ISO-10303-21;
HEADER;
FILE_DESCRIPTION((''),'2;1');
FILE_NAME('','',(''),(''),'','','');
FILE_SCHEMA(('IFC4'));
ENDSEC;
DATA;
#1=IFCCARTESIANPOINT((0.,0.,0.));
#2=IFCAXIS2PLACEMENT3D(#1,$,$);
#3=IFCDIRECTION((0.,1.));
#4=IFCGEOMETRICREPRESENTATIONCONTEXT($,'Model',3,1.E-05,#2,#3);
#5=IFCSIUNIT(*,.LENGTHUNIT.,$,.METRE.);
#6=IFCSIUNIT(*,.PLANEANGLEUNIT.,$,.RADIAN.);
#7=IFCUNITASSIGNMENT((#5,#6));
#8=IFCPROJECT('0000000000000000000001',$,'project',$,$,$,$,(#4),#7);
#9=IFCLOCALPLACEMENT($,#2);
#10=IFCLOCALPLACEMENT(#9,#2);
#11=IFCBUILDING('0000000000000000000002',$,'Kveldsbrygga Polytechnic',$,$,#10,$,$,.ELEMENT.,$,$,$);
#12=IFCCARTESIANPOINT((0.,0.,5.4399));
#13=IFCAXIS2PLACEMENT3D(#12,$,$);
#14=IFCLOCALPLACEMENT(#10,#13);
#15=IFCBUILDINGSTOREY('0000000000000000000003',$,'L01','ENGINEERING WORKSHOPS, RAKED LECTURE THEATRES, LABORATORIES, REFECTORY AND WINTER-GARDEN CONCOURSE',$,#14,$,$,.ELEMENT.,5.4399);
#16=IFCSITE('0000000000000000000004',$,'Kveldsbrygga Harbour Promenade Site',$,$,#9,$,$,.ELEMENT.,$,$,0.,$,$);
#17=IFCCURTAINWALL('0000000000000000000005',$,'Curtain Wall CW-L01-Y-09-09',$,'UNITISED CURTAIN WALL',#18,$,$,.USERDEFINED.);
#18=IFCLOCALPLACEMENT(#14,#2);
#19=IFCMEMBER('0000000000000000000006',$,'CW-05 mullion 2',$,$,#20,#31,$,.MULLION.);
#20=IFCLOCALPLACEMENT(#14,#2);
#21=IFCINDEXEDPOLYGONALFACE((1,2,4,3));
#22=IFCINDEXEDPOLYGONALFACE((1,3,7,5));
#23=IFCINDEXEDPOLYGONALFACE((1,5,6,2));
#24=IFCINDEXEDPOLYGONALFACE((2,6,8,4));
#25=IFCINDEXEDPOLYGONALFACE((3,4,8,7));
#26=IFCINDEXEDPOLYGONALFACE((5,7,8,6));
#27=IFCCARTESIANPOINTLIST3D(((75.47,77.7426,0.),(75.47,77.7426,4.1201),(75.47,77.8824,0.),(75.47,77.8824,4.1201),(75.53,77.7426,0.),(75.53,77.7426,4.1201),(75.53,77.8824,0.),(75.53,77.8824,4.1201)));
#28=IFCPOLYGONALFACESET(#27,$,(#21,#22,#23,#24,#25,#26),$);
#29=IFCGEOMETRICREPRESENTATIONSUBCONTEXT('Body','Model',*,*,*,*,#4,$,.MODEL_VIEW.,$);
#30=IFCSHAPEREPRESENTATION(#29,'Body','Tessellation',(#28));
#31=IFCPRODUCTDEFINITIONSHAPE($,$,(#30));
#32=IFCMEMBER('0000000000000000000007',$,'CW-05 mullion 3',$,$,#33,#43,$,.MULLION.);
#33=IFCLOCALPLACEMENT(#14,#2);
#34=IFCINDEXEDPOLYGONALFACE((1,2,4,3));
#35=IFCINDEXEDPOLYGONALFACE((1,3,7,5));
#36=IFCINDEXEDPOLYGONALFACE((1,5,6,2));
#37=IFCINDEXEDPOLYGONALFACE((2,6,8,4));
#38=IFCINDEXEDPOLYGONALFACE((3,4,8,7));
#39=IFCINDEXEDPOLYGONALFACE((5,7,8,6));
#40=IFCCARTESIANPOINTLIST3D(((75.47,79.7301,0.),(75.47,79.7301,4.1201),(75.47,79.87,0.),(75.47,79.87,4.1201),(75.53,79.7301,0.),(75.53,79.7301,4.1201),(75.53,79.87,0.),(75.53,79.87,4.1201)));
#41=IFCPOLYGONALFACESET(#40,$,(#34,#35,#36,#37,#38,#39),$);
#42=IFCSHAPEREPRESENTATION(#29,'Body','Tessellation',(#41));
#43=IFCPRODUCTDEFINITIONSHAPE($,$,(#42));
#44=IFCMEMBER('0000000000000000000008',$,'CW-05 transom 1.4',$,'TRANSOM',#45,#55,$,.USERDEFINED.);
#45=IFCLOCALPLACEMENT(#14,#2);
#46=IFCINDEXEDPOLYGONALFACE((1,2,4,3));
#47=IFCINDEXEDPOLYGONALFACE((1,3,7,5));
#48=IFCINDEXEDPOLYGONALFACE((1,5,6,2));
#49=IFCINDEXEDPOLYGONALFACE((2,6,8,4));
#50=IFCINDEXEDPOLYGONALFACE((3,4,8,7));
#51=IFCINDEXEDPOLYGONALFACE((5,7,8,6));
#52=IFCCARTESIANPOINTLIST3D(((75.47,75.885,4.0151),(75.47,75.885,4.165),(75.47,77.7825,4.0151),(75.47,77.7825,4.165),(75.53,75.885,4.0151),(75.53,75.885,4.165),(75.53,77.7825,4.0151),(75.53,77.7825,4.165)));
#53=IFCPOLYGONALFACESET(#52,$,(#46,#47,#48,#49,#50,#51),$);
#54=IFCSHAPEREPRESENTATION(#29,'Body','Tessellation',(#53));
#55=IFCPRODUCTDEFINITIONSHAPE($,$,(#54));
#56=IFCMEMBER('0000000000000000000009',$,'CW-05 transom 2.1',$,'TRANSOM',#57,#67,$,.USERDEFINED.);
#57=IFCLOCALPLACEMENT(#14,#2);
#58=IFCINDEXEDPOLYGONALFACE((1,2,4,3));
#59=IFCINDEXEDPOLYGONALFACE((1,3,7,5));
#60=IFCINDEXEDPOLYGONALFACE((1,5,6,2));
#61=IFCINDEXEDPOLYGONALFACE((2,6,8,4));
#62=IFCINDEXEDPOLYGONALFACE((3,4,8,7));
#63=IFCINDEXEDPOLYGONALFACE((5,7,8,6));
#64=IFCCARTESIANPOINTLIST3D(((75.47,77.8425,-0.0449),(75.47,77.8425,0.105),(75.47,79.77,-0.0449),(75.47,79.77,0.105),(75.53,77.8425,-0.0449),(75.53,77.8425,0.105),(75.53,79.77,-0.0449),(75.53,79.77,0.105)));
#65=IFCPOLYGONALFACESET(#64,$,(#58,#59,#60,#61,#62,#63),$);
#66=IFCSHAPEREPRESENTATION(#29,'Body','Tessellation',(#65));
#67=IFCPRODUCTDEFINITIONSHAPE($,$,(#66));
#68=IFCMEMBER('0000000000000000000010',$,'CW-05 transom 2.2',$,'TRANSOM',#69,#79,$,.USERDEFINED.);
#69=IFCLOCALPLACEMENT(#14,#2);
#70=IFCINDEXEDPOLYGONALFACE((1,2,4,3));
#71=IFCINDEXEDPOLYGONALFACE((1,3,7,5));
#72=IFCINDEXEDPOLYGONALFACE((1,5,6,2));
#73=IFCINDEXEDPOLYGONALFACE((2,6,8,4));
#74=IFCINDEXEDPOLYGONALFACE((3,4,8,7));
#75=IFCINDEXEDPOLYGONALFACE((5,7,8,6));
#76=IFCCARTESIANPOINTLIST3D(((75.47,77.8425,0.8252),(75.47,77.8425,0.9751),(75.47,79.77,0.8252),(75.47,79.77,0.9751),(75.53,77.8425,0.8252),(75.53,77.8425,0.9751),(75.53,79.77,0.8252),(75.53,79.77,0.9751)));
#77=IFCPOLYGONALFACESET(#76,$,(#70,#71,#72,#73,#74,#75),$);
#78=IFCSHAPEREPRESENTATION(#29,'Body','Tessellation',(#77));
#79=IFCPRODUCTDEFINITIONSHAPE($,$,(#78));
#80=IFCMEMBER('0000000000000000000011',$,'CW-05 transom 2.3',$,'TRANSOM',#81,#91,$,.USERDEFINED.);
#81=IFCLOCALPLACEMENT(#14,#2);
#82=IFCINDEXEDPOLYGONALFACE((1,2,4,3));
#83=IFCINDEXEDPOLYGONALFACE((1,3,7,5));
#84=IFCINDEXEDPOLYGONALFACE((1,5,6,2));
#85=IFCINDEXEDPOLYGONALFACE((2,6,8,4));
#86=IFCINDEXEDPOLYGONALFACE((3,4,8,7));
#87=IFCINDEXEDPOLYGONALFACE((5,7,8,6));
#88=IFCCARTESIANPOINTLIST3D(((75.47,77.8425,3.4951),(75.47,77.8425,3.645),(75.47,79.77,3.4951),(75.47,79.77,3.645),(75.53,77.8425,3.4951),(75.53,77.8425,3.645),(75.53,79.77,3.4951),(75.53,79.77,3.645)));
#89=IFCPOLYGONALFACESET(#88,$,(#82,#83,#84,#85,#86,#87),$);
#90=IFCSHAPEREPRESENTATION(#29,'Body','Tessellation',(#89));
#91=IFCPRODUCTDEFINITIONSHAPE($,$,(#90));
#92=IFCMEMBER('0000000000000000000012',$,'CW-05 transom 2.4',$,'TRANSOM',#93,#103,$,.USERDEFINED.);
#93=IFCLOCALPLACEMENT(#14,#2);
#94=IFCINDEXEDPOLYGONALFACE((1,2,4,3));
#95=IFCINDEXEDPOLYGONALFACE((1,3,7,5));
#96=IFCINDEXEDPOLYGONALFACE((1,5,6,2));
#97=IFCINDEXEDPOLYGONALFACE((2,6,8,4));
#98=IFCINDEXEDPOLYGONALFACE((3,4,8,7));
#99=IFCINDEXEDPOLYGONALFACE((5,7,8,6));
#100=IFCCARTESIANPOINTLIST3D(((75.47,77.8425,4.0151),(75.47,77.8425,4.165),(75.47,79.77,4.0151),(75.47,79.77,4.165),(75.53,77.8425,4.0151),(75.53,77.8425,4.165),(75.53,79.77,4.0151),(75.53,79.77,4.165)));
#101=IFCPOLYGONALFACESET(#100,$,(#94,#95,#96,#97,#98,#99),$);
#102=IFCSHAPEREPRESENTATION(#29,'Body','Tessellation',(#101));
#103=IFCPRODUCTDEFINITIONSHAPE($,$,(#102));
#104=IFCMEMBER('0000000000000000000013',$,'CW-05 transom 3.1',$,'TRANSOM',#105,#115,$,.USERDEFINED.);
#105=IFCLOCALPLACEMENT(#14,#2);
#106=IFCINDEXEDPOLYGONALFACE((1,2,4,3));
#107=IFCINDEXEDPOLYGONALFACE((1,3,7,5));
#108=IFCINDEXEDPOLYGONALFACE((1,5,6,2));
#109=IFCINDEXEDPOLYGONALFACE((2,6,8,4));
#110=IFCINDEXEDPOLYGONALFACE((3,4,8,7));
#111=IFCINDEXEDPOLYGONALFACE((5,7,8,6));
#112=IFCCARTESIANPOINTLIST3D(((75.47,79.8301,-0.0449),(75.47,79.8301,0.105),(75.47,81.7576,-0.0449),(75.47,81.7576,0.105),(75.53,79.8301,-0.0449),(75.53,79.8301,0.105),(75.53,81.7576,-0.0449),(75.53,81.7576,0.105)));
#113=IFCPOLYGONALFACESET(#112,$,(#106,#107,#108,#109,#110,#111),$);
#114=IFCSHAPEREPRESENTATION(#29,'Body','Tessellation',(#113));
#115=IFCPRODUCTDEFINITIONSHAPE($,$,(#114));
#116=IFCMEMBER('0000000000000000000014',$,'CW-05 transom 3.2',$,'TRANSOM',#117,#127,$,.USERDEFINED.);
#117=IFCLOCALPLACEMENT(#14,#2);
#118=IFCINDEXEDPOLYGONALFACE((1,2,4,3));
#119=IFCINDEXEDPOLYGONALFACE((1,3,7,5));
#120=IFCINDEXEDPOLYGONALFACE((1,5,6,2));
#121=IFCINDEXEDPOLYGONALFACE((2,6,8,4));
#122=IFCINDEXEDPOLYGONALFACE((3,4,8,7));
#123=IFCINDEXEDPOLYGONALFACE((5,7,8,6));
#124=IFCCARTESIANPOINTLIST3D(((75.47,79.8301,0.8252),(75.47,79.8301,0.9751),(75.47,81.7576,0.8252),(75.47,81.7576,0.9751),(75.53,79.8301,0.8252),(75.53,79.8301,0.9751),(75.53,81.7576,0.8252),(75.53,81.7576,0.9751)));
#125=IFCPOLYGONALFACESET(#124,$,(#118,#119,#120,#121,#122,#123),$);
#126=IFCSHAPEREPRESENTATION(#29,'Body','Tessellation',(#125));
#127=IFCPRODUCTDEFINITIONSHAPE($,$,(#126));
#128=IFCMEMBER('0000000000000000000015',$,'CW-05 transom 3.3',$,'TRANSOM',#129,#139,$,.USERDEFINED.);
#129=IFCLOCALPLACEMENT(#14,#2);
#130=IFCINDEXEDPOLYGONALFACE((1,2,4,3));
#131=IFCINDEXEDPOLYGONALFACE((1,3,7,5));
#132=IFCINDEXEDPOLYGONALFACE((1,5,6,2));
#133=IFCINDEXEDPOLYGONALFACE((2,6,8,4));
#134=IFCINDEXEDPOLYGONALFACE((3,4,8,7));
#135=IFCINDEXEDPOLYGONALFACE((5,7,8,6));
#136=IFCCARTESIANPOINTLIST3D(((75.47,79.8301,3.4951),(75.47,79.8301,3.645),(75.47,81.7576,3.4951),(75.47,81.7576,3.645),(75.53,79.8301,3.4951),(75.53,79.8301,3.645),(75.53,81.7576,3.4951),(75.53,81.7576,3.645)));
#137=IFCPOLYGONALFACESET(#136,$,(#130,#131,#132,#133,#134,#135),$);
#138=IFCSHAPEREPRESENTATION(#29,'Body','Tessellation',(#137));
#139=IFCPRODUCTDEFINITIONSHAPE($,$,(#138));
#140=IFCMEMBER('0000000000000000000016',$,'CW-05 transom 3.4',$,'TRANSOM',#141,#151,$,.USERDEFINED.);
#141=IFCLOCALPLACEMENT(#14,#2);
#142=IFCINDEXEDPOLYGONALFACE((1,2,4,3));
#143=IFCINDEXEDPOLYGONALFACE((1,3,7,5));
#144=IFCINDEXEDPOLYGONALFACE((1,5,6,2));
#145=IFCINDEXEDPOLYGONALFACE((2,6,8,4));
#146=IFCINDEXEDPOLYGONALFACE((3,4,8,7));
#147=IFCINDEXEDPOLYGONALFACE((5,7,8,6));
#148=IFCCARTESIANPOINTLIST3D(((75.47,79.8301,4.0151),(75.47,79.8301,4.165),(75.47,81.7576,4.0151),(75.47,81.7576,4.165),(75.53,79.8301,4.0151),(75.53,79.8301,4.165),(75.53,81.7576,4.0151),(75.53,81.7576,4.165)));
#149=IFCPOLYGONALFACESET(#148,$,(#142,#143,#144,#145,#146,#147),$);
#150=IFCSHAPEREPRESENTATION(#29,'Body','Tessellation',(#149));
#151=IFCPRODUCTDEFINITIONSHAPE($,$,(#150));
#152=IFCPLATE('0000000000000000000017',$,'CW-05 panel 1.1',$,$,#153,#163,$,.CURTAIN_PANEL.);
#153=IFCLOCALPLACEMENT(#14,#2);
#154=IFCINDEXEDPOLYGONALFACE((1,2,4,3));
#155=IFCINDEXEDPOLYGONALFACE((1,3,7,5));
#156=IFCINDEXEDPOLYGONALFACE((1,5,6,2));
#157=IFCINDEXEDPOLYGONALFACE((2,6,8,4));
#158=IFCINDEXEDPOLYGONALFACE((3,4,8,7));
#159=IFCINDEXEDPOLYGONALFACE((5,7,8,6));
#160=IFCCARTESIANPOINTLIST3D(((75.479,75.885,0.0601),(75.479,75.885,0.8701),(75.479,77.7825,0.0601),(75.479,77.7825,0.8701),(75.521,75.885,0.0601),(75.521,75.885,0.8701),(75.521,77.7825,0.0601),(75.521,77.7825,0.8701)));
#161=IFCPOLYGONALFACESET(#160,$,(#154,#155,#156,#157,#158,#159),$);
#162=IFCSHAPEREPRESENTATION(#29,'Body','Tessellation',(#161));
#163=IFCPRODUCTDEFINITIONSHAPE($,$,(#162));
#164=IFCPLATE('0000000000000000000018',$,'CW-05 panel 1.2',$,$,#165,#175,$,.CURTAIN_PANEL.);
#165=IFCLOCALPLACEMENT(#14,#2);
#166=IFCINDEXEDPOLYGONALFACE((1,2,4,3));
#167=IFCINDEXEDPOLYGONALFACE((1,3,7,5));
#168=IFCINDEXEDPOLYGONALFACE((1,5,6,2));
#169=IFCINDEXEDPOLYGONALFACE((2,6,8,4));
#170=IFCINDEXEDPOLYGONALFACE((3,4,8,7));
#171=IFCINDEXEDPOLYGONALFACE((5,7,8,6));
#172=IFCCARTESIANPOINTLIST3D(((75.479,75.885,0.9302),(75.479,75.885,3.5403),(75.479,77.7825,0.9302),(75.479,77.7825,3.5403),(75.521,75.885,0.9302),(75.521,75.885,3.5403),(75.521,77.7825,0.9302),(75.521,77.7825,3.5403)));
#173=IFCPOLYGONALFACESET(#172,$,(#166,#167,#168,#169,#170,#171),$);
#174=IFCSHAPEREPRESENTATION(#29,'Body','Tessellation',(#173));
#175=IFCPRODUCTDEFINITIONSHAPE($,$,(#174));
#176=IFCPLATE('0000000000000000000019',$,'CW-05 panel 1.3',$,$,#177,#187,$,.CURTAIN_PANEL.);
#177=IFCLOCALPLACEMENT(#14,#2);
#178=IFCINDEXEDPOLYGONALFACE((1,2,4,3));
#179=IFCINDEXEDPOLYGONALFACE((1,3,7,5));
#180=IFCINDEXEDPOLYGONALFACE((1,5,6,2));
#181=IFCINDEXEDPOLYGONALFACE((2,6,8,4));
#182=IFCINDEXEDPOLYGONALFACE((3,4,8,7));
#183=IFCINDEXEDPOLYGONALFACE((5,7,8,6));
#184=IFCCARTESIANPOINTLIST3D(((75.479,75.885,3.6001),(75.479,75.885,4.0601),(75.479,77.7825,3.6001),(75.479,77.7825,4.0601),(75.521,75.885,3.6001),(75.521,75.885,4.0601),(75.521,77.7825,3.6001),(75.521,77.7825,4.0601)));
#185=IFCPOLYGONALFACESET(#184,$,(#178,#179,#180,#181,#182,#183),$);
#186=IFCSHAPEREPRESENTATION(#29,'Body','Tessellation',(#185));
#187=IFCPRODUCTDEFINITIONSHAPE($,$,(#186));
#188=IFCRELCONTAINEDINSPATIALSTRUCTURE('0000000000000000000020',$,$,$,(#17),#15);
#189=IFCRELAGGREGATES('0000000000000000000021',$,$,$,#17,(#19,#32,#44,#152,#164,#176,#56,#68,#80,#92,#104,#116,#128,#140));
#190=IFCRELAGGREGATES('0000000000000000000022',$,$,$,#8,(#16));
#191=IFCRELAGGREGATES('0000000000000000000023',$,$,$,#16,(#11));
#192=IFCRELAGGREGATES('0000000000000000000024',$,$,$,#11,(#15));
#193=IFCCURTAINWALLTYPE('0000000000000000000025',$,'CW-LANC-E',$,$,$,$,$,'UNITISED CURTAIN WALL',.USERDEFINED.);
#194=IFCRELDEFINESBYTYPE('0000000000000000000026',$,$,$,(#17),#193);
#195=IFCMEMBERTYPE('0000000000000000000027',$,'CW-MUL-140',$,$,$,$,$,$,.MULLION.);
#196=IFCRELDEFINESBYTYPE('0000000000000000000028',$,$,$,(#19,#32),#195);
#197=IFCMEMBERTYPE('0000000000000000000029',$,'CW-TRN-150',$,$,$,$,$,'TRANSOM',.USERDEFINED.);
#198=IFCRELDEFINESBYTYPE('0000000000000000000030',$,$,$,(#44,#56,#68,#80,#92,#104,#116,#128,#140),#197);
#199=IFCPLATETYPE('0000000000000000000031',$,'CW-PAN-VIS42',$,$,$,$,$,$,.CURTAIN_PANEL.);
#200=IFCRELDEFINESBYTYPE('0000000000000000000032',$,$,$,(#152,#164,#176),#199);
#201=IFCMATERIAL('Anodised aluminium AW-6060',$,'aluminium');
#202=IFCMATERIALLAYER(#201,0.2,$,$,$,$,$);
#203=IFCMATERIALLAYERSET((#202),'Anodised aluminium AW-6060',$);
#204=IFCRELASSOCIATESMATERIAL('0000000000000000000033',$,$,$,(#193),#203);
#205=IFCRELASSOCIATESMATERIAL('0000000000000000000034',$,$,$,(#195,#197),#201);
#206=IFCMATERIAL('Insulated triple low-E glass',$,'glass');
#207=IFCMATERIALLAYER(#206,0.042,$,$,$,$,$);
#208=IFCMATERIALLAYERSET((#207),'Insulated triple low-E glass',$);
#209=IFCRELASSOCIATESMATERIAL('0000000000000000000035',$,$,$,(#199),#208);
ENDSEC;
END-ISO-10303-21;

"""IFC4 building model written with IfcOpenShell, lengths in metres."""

from ifc_helpers import new_model, si_unit, direction, frame, origin, origin_2d, place, context, subcontext, project, spatial, rectangle, extrude, material, layer, layer_set, material_profile, profile_set, type_object, element, aggregate, save


model = new_model("IFC4")

# Units and contexts
model_context = context("Model", 3, precision=1e-05, world=origin(), true_north=direction((0.0, 1.0)))
body_context = subcontext(model_context, "Body", "Model", "MODEL_VIEW")
ifc_project = project(units=[si_unit("LENGTHUNIT", "METRE"), si_unit("PLANEANGLEUNIT", "RADIAN")], contexts=[model_context])

# Site, building, storey
site_placement = place(None, origin())
site = spatial("IfcSite", under=ifc_project, at=site_placement, Name="Kveldsbrygga Harbour Promenade Site", CompositionType="ELEMENT", RefElevation=0.0)
building_placement = place(site_placement, origin())
building = spatial("IfcBuilding", under=site, at=building_placement, Name="Kveldsbrygga Polytechnic", CompositionType="ELEMENT")
storey_placement = place(building_placement, frame((0.0, 0.0, 5.4399)))
storey = spatial("IfcBuildingStorey", under=building, at=storey_placement, Name="L01", Description="ENGINEERING WORKSHOPS, RAKED LECTURE THEATRES, LABORATORIES, REFECTORY AND WINTER-GARDEN CONCOURSE", CompositionType="ELEMENT", Elevation=5.4399)

# Curtain wall, members, plates
ifc_material_1 = material(Name="Anodised aluminium AW-6060", Category="aluminium")
ifc_layer_1 = layer(ifc_material_1, 0.2)
ifc_layer_set_1 = layer_set([ifc_layer_1], Name="Anodised aluminium AW-6060")
curtain_wall_type = type_object("IfcCurtainWallType", Name="CW-LANC-E", ElementType="UNITISED CURTAIN WALL", PredefinedType="USERDEFINED", material=ifc_layer_set_1)
curtain_wall_placement = place(storey_placement, origin())
curtain_wall = element("IfcCurtainWall", 1, at=curtain_wall_placement, inside=storey, type_object=curtain_wall_type, Name="Curtain Wall CW-L01-Y-09-09", ObjectType="UNITISED CURTAIN WALL", PredefinedType="USERDEFINED")
ifc_material_profile_1 = material_profile(ifc_material_1, rectangle(XDim=0.0601, YDim=0.1399, at=origin_2d()), Name="ALU 60x140")
ifc_profile_set_1 = profile_set([ifc_material_profile_1], Name="Anodised aluminium AW-6060")
member_type_1 = type_object("IfcMemberType", Name="CW-MUL-140", PredefinedType="MULLION", material=ifc_profile_set_1)
member_1_placement = place(storey_placement, frame((75.5, 77.8125, 0.0), z_axis=(0.0, 0.0, 1.0), x_axis=(-1.0, 0.0, 0.0)))
member_1 = element("IfcMember", 2, at=member_1_placement, type_object=member_type_1, Name="CW-05 mullion 2", PredefinedType="MULLION", context=body_context, shape_type="SweptSolid", body=[
    extrude(rectangle(XDim=0.0601, YDim=0.1399, at=origin_2d()), origin(), (0.0, 0.0, 1.0), 4.1201),
])
member_2_placement = place(storey_placement, frame((75.5, 79.8, 0.0), z_axis=(0.0, 0.0, 1.0), x_axis=(-1.0, 0.0, 0.0)))
member_2 = element("IfcMember", 3, at=member_2_placement, type_object=member_type_1, Name="CW-05 mullion 3", PredefinedType="MULLION", context=body_context, shape_type="SweptSolid", body=[
    extrude(rectangle(XDim=0.0601, YDim=0.1399, at=origin_2d()), origin(), (0.0, 0.0, 1.0), 4.1201),
])
ifc_material_profile_2 = material_profile(ifc_material_1, rectangle(XDim=0.0601, YDim=0.1499, at=origin_2d()), Name="ALU 60x150")
ifc_profile_set_2 = profile_set([ifc_material_profile_2], Name="Anodised aluminium AW-6060")
member_type_2 = type_object("IfcMemberType", Name="CW-TRN-150", ElementType="TRANSOM", PredefinedType="USERDEFINED", material=ifc_profile_set_2)
member_3_placement = place(storey_placement, frame((75.5, 75.885, 4.0901), z_axis=(0.0, 1.0, 0.0), x_axis=(-1.0, 0.0, 0.0)))
member_3 = element("IfcMember", 4, at=member_3_placement, type_object=member_type_2, Name="CW-05 transom 1.4", ObjectType="TRANSOM", PredefinedType="USERDEFINED", context=body_context, shape_type="SweptSolid", body=[
    extrude(rectangle(XDim=0.0601, YDim=0.1499, at=origin_2d()), origin(), (0.0, 0.0, 1.0), 1.8975),
])
member_4_placement = place(storey_placement, frame((75.5, 77.8425, 0.03), z_axis=(0.0, 1.0, 0.0), x_axis=(-1.0, 0.0, 0.0)))
member_4 = element("IfcMember", 5, at=member_4_placement, type_object=member_type_2, Name="CW-05 transom 2.1", ObjectType="TRANSOM", PredefinedType="USERDEFINED", context=body_context, shape_type="SweptSolid", body=[
    extrude(rectangle(XDim=0.0601, YDim=0.1499, at=origin_2d()), origin(), (0.0, 0.0, 1.0), 1.9275),
])
member_5_placement = place(storey_placement, frame((75.5, 77.8425, 0.9001), z_axis=(0.0, 1.0, 0.0), x_axis=(-1.0, 0.0, 0.0)))
member_5 = element("IfcMember", 6, at=member_5_placement, type_object=member_type_2, Name="CW-05 transom 2.2", ObjectType="TRANSOM", PredefinedType="USERDEFINED", context=body_context, shape_type="SweptSolid", body=[
    extrude(rectangle(XDim=0.0601, YDim=0.1499, at=origin_2d()), origin(), (0.0, 0.0, 1.0), 1.9275),
])
member_6_placement = place(storey_placement, frame((75.5, 77.8425, 3.5701), z_axis=(0.0, 1.0, 0.0), x_axis=(-1.0, 0.0, 0.0)))
member_6 = element("IfcMember", 7, at=member_6_placement, type_object=member_type_2, Name="CW-05 transom 2.3", ObjectType="TRANSOM", PredefinedType="USERDEFINED", context=body_context, shape_type="SweptSolid", body=[
    extrude(rectangle(XDim=0.0601, YDim=0.1499, at=origin_2d()), origin(), (0.0, 0.0, 1.0), 1.9275),
])
member_7_placement = place(storey_placement, frame((75.5, 77.8425, 4.0901), z_axis=(0.0, 1.0, 0.0), x_axis=(-1.0, 0.0, 0.0)))
member_7 = element("IfcMember", 8, at=member_7_placement, type_object=member_type_2, Name="CW-05 transom 2.4", ObjectType="TRANSOM", PredefinedType="USERDEFINED", context=body_context, shape_type="SweptSolid", body=[
    extrude(rectangle(XDim=0.0601, YDim=0.1499, at=origin_2d()), origin(), (0.0, 0.0, 1.0), 1.9275),
])
member_8_placement = place(storey_placement, frame((75.5, 79.8301, 0.03), z_axis=(0.0, 1.0, 0.0), x_axis=(-1.0, 0.0, 0.0)))
member_8 = element("IfcMember", 9, at=member_8_placement, type_object=member_type_2, Name="CW-05 transom 3.1", ObjectType="TRANSOM", PredefinedType="USERDEFINED", context=body_context, shape_type="SweptSolid", body=[
    extrude(rectangle(XDim=0.0601, YDim=0.1499, at=origin_2d()), origin(), (0.0, 0.0, 1.0), 1.9275),
])
member_9_placement = place(storey_placement, frame((75.5, 79.8301, 0.9001), z_axis=(0.0, 1.0, 0.0), x_axis=(-1.0, 0.0, 0.0)))
member_9 = element("IfcMember", 10, at=member_9_placement, type_object=member_type_2, Name="CW-05 transom 3.2", ObjectType="TRANSOM", PredefinedType="USERDEFINED", context=body_context, shape_type="SweptSolid", body=[
    extrude(rectangle(XDim=0.0601, YDim=0.1499, at=origin_2d()), origin(), (0.0, 0.0, 1.0), 1.9275),
])
member_10_placement = place(storey_placement, frame((75.5, 79.8301, 3.5701), z_axis=(0.0, 1.0, 0.0), x_axis=(-1.0, 0.0, 0.0)))
member_10 = element("IfcMember", 11, at=member_10_placement, type_object=member_type_2, Name="CW-05 transom 3.3", ObjectType="TRANSOM", PredefinedType="USERDEFINED", context=body_context, shape_type="SweptSolid", body=[
    extrude(rectangle(XDim=0.0601, YDim=0.1499, at=origin_2d()), origin(), (0.0, 0.0, 1.0), 1.9275),
])
member_11_placement = place(storey_placement, frame((75.5, 79.8301, 4.0901), z_axis=(0.0, 1.0, 0.0), x_axis=(-1.0, 0.0, 0.0)))
member_11 = element("IfcMember", 12, at=member_11_placement, type_object=member_type_2, Name="CW-05 transom 3.4", ObjectType="TRANSOM", PredefinedType="USERDEFINED", context=body_context, shape_type="SweptSolid", body=[
    extrude(rectangle(XDim=0.0601, YDim=0.1499, at=origin_2d()), origin(), (0.0, 0.0, 1.0), 1.9275),
])
ifc_material_2 = material(Name="Insulated triple low-E glass", Category="glass")
ifc_layer_2 = layer(ifc_material_2, 0.042)
ifc_layer_set_2 = layer_set([ifc_layer_2], Name="Insulated triple low-E glass")
plate_type = type_object("IfcPlateType", Name="CW-PAN-VIS42", PredefinedType="CURTAIN_PANEL", material=ifc_layer_set_2)
plate_1_placement = place(storey_placement, frame((75.5, 76.8337, 0.0601), z_axis=(0.0, 0.0, 1.0), x_axis=(0.0, 1.0, 0.0)))
plate_1 = element("IfcPlate", 13, at=plate_1_placement, type_object=plate_type, Name="CW-05 panel 1.1", PredefinedType="CURTAIN_PANEL", context=body_context, shape_type="SweptSolid", body=[
    extrude(rectangle(XDim=1.8975, YDim=0.042, at=origin_2d()), origin(), (0.0, 0.0, 1.0), 0.8101),
])
plate_2_placement = place(storey_placement, frame((75.5, 76.8337, 0.9302), z_axis=(0.0, 0.0, 1.0), x_axis=(0.0, 1.0, 0.0)))
plate_2 = element("IfcPlate", 14, at=plate_2_placement, type_object=plate_type, Name="CW-05 panel 1.2", PredefinedType="CURTAIN_PANEL", context=body_context, shape_type="SweptSolid", body=[
    extrude(rectangle(XDim=1.8975, YDim=0.042, at=origin_2d()), origin(), (0.0, 0.0, 1.0), 2.6101),
])
plate_3_placement = place(storey_placement, frame((75.5, 76.8337, 3.6001), z_axis=(0.0, 0.0, 1.0), x_axis=(0.0, 1.0, 0.0)))
plate_3 = element("IfcPlate", 15, at=plate_3_placement, type_object=plate_type, Name="CW-05 panel 1.3", PredefinedType="CURTAIN_PANEL", context=body_context, shape_type="SweptSolid", body=[
    extrude(rectangle(XDim=1.8975, YDim=0.042, at=origin_2d()), origin(), (0.0, 0.0, 1.0), 0.46),
])
aggregate(curtain_wall, [member_1, member_2, member_3, plate_1, plate_2, plate_3, member_4, member_5, member_6, member_7, member_8, member_9, member_10, member_11])

save(model, "model.ifc")
